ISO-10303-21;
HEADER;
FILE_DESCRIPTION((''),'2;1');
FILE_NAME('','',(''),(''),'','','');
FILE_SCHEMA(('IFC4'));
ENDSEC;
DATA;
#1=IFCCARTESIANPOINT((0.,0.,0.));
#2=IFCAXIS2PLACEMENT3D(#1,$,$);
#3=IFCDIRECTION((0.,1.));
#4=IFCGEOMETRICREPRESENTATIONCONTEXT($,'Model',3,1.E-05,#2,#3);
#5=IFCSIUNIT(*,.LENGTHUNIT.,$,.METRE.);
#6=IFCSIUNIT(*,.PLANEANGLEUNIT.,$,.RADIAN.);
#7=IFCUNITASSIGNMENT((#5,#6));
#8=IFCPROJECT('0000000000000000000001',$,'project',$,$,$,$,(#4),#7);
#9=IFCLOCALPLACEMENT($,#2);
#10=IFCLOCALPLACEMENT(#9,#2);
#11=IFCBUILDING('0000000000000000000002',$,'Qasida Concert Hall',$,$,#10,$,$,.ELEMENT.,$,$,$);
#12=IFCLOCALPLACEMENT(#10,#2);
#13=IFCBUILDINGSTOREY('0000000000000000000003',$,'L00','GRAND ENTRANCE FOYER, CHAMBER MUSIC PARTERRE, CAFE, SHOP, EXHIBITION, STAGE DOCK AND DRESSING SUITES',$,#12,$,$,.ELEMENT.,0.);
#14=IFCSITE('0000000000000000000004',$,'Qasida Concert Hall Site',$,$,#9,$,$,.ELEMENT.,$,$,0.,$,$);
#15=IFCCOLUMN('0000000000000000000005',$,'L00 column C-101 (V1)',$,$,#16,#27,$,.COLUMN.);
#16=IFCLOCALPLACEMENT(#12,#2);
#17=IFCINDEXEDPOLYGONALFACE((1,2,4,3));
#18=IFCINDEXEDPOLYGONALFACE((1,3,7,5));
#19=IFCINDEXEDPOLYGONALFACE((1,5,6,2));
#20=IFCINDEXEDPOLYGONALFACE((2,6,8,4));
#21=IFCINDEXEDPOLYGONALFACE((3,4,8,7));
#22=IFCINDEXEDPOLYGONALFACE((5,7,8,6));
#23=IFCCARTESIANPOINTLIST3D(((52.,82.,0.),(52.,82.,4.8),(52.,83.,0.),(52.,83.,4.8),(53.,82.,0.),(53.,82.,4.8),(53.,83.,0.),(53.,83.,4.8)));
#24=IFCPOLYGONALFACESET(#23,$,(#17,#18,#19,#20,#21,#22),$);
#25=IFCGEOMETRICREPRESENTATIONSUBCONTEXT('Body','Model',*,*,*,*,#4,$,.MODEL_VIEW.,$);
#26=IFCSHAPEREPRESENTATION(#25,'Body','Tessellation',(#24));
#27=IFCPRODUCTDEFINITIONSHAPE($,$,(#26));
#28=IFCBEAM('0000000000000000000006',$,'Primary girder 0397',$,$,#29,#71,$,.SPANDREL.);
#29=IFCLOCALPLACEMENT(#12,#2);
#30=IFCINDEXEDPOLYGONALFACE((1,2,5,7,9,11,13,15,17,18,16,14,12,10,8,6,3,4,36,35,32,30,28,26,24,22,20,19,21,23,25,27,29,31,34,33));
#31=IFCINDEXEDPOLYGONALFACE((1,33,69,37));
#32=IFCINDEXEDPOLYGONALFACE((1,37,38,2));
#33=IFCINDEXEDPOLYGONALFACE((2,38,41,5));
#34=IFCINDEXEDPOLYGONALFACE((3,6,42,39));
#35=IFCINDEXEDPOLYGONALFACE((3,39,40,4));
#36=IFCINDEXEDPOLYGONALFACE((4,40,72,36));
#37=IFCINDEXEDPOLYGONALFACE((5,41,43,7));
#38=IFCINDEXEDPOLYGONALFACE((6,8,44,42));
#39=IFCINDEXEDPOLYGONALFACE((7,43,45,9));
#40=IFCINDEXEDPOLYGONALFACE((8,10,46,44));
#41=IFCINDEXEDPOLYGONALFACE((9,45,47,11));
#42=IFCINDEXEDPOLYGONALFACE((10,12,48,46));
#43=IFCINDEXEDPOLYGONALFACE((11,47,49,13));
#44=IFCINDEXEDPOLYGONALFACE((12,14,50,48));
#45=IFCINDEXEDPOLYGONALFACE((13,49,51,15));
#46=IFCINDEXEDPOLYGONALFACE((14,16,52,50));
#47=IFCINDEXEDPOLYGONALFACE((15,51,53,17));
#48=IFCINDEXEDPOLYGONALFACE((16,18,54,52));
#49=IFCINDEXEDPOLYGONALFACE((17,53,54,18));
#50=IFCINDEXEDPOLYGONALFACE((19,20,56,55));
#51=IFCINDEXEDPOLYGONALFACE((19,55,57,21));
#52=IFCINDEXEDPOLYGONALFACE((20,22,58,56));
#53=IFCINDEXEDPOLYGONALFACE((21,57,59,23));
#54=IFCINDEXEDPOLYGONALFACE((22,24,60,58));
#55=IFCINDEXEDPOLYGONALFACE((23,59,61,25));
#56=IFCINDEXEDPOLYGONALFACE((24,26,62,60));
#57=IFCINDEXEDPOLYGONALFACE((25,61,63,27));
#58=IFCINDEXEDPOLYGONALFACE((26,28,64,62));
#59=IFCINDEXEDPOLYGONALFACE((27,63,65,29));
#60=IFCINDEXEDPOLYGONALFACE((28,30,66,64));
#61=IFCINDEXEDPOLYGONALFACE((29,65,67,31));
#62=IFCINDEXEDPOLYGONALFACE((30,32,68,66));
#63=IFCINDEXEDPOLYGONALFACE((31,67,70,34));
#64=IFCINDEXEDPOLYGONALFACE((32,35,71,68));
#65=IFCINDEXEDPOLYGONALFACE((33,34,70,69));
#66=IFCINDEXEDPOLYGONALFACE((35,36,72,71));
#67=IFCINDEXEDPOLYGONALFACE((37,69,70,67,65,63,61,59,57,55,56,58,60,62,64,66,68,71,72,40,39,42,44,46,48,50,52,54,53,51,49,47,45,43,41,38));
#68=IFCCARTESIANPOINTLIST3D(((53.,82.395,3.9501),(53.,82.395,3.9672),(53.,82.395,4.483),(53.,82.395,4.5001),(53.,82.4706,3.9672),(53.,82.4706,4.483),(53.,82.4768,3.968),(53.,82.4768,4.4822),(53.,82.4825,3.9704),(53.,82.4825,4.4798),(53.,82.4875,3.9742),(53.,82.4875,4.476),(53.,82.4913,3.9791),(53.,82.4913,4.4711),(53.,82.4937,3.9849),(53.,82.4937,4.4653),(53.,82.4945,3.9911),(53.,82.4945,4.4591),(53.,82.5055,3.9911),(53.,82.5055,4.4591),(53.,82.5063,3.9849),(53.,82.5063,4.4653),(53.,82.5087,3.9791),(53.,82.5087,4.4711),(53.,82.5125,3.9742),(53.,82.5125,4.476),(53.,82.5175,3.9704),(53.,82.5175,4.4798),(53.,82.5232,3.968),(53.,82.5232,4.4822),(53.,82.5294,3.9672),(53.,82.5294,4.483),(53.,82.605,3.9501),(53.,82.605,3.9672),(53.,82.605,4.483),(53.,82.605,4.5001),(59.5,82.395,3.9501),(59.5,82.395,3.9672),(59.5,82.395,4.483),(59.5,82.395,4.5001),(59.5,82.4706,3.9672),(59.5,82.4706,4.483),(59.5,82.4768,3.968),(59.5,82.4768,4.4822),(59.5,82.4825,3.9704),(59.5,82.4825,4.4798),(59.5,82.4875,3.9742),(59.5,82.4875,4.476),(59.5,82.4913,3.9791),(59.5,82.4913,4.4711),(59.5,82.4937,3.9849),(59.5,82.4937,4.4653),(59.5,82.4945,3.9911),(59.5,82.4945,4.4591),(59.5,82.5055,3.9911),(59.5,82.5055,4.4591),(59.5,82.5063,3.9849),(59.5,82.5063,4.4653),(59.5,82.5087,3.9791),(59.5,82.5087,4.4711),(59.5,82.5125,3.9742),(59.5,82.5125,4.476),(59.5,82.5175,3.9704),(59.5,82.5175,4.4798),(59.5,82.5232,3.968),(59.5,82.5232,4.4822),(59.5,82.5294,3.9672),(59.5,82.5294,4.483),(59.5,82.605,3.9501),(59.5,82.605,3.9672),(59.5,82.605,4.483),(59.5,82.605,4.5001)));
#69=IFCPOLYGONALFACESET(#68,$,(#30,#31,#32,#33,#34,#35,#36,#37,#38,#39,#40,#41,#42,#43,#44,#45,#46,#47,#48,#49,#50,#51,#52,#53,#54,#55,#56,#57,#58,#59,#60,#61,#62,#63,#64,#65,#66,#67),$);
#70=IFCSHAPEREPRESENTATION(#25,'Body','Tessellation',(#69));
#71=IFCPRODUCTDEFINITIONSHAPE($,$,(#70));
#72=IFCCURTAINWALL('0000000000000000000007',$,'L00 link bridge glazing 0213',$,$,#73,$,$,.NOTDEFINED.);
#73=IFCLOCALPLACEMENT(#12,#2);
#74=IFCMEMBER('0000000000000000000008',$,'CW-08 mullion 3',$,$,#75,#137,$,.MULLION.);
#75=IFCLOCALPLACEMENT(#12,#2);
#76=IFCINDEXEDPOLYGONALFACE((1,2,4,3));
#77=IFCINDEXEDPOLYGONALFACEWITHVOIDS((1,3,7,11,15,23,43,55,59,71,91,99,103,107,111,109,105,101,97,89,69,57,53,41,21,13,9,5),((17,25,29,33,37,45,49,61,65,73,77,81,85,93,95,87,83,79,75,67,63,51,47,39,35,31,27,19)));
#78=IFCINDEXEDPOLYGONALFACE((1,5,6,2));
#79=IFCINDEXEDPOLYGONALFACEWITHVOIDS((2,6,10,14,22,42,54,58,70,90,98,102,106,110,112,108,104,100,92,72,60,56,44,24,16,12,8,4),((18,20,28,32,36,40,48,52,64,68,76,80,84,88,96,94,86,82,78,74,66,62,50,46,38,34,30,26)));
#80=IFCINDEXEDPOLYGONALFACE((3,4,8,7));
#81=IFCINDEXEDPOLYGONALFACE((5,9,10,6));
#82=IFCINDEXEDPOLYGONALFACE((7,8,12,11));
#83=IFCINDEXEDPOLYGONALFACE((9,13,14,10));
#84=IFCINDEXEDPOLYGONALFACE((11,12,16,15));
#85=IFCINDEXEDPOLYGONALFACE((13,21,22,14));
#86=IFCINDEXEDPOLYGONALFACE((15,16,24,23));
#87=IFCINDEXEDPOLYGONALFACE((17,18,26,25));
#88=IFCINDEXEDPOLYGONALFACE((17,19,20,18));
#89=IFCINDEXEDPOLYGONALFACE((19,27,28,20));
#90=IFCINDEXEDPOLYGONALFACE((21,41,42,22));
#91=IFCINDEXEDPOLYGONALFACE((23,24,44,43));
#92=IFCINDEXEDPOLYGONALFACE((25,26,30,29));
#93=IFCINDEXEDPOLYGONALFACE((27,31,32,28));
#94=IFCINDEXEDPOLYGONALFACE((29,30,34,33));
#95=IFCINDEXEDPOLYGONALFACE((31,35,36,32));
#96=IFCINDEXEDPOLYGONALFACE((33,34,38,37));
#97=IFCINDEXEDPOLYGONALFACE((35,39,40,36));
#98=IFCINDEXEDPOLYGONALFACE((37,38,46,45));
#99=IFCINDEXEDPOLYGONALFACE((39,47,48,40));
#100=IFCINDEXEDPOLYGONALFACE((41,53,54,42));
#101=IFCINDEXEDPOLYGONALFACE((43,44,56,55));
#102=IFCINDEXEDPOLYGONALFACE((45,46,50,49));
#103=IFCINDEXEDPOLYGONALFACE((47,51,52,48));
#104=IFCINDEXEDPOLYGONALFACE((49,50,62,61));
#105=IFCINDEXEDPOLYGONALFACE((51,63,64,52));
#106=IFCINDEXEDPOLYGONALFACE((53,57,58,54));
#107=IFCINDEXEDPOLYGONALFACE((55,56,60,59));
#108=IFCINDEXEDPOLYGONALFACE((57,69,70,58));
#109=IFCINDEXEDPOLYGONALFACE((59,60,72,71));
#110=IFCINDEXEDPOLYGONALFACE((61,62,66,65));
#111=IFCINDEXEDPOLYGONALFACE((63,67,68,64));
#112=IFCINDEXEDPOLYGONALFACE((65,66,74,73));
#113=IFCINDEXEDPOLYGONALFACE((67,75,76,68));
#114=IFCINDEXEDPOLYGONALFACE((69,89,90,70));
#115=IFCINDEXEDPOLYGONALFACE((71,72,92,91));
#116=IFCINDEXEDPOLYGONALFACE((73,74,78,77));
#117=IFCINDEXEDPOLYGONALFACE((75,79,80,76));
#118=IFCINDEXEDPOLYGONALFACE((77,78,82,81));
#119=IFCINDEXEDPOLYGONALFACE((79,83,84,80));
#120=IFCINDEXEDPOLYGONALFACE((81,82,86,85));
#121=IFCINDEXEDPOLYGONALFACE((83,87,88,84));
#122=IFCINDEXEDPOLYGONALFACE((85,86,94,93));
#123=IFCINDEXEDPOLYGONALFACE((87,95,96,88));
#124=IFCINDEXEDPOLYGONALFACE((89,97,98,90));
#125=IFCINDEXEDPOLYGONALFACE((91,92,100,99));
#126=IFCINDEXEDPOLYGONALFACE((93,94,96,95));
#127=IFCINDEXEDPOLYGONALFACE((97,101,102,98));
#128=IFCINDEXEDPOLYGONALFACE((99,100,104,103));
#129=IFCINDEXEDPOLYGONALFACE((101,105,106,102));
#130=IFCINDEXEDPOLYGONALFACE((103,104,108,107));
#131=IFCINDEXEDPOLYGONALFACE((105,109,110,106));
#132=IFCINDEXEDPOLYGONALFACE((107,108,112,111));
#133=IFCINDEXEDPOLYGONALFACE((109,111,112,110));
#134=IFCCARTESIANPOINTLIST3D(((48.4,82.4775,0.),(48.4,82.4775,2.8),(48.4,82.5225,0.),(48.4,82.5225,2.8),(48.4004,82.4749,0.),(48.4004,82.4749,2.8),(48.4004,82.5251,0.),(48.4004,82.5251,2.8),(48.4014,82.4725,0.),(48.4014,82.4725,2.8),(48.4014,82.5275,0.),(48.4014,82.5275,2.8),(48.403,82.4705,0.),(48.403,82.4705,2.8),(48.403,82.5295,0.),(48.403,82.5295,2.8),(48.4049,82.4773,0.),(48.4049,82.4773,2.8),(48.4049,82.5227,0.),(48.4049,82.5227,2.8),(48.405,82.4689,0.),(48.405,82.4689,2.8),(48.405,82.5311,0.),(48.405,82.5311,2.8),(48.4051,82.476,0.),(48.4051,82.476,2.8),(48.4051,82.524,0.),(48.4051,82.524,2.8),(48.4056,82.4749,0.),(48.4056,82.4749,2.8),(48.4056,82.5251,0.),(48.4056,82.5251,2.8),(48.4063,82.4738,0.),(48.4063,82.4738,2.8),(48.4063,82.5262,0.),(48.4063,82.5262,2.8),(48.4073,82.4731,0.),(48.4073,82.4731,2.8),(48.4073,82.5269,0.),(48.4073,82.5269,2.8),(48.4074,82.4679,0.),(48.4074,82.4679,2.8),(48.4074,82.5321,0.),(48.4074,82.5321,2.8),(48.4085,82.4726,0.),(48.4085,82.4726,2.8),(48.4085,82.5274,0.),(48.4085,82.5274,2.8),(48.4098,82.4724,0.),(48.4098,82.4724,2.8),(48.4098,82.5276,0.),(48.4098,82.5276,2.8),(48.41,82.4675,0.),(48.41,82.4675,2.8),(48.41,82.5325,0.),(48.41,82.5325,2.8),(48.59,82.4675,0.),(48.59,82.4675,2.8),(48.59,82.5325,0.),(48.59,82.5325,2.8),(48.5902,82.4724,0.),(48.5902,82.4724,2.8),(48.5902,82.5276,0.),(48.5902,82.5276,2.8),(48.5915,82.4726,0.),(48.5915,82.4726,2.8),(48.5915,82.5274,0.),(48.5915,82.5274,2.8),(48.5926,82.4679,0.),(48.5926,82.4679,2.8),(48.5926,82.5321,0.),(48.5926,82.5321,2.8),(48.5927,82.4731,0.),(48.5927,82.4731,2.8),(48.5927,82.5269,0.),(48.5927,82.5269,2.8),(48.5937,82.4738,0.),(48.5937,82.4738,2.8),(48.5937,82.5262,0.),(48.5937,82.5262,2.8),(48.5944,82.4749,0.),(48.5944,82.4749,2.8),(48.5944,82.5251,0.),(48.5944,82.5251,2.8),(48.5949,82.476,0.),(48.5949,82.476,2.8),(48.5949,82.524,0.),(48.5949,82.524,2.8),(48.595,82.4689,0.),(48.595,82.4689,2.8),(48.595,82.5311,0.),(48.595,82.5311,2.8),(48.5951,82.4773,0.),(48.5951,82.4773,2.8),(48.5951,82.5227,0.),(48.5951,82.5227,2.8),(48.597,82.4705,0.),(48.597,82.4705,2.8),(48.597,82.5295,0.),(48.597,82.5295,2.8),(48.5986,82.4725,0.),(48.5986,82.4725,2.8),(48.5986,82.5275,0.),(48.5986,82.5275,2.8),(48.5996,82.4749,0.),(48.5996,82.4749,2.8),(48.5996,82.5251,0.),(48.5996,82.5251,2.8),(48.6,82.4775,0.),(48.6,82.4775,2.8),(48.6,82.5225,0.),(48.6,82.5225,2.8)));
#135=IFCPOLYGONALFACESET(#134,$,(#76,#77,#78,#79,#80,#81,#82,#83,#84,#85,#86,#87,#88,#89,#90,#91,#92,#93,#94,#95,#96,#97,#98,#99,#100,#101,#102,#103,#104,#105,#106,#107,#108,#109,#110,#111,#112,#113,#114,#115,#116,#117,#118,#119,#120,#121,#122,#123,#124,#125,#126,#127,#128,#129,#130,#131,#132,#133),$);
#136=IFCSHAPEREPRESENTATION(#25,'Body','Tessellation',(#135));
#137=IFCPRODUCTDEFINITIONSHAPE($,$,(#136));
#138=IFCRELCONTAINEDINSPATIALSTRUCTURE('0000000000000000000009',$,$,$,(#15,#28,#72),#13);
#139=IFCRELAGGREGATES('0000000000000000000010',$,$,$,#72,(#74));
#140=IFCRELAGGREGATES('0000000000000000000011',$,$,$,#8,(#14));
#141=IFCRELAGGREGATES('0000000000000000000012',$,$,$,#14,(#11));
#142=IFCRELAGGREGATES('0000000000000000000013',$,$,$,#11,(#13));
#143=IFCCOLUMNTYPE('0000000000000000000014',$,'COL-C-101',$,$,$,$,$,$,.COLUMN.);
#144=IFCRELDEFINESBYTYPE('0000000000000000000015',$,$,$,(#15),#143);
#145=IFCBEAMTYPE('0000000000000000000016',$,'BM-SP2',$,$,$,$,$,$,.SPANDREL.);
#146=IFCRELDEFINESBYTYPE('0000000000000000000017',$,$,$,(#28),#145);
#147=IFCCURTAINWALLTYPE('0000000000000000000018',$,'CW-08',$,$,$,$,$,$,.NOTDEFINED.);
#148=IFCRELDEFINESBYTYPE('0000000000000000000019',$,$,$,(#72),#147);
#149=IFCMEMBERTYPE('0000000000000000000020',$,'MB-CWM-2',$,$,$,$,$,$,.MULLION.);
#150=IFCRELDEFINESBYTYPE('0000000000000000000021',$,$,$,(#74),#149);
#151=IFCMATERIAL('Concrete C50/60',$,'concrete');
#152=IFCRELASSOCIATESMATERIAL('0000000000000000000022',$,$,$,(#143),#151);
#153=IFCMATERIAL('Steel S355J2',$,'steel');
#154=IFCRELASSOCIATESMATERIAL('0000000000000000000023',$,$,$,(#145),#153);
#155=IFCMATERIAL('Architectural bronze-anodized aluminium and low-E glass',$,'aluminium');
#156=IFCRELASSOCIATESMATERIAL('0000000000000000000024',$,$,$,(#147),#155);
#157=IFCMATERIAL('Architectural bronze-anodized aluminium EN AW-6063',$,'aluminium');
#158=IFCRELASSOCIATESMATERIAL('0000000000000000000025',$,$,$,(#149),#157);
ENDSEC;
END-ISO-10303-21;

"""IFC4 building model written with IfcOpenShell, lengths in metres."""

from ifc_helpers import new_model, si_unit, direction, frame, origin, origin_2d, place, context, subcontext, project, spatial, rectangle, hollow_rectangle, i_section, extrude, material, material_profile, profile_set, type_object, element, aggregate, save


model = new_model("IFC4")

# Units and contexts
model_context = context("Model", 3, precision=1e-05, world=origin(), true_north=direction((0.0, 1.0)))
body_context = subcontext(model_context, "Body", "Model", "MODEL_VIEW")
ifc_project = project(units=[si_unit("LENGTHUNIT", "METRE"), si_unit("PLANEANGLEUNIT", "RADIAN")], contexts=[model_context])

# Site, building, storey
site_placement = place(None, origin())
site = spatial("IfcSite", under=ifc_project, at=site_placement, Name="Qasida Concert Hall Site", CompositionType="ELEMENT", RefElevation=0.0)
building_placement = place(site_placement, origin())
building = spatial("IfcBuilding", under=site, at=building_placement, Name="Qasida Concert Hall", CompositionType="ELEMENT")
storey_placement = place(building_placement, origin())
storey = spatial("IfcBuildingStorey", under=building, at=storey_placement, Name="L00", Description="GRAND ENTRANCE FOYER, CHAMBER MUSIC PARTERRE, CAFE, SHOP, EXHIBITION, STAGE DOCK AND DRESSING SUITES", CompositionType="ELEMENT", Elevation=0.0)

# Column
ifc_material_1 = material(Name="Concrete C50/60", Category="concrete")
ifc_material_profile_1 = material_profile(ifc_material_1, rectangle(XDim=1.0, YDim=1.0, at=origin_2d()), Name="RC 1000x1000")
ifc_profile_set_1 = profile_set([ifc_material_profile_1], Name="Concrete C50/60")
column_type = type_object("IfcColumnType", Name="COL-C-101", PredefinedType="COLUMN", material=ifc_profile_set_1)
column_placement = place(storey_placement, frame((52.5, 82.5, 0.0), z_axis=(0.0, 0.0, 1.0), x_axis=(1.0, 0.0, 0.0)))
element("IfcColumn", 1, at=column_placement, inside=storey, type_object=column_type, Name="L00 column C-101 (V1)", PredefinedType="COLUMN", context=body_context, shape_type="SweptSolid", body=[
    extrude(rectangle(XDim=1.0, YDim=1.0, at=origin_2d()), origin(), (0.0, 0.0, 1.0), 4.8),
])

# Beam
ifc_material_2 = material(Name="Steel S355J2", Category="steel")
ifc_material_profile_2 = material_profile(ifc_material_2, i_section(OverallWidth=0.21, OverallDepth=0.55, WebThickness=0.011, FlangeThickness=0.0171, FilletRadius=0.0239, at=origin_2d()), Name="IPE 550")
ifc_profile_set_2 = profile_set([ifc_material_profile_2], Name="Steel S355J2")
beam_type = type_object("IfcBeamType", Name="BM-SP2", PredefinedType="SPANDREL", material=ifc_profile_set_2)
beam_placement = place(storey_placement, frame((53.0, 82.5, 4.2251), z_axis=(1.0, 0.0, 0.0), x_axis=(0.0, 1.0, 0.0)))
element("IfcBeam", 2, at=beam_placement, inside=storey, type_object=beam_type, Name="Primary girder 0397", PredefinedType="SPANDREL", context=body_context, shape_type="SweptSolid", body=[
    extrude(i_section(OverallWidth=0.21, OverallDepth=0.55, WebThickness=0.011, FlangeThickness=0.0171, FilletRadius=0.0239, at=origin_2d()), origin(), (0.0, 0.0, 1.0), 6.5),
])

# Curtain wall, member
ifc_material_3 = material(Name="Architectural bronze-anodized aluminium and low-E glass", Category="aluminium")
curtain_wall_type = type_object("IfcCurtainWallType", Name="CW-08", PredefinedType="NOTDEFINED", material=ifc_material_3)
curtain_wall_placement = place(storey_placement, origin())
curtain_wall = element("IfcCurtainWall", 3, at=curtain_wall_placement, inside=storey, type_object=curtain_wall_type, Name="L00 link bridge glazing 0213", PredefinedType="NOTDEFINED")
ifc_material_4 = material(Name="Architectural bronze-anodized aluminium EN AW-6063", Category="aluminium")
ifc_material_profile_3 = material_profile(ifc_material_4, hollow_rectangle(XDim=0.0649, YDim=0.2, WallThickness=0.0049, InnerFilletRadius=0.0049, OuterFilletRadius=0.01, at=origin_2d()), Name="CWM 200x65x5")
ifc_profile_set_3 = profile_set([ifc_material_profile_3], Name="Architectural bronze-anodized aluminium EN AW-6063")
member_type_1 = type_object("IfcMemberType", Name="MB-CWM-2", PredefinedType="MULLION", material=ifc_profile_set_3)
member_1_placement = place(storey_placement, frame((48.5, 82.5, 0.0), z_axis=(0.0, 0.0, 1.0), x_axis=(0.0, 1.0, 0.0)))
member_1 = element("IfcMember", 4, at=member_1_placement, type_object=member_type_1, Name="CW-08 mullion 3", PredefinedType="MULLION", context=body_context, shape_type="SweptSolid", body=[
    extrude(hollow_rectangle(XDim=0.0649, YDim=0.2, WallThickness=0.0049, InnerFilletRadius=0.0049, OuterFilletRadius=0.01, at=origin_2d()), origin(), (0.0, 0.0, 1.0), 2.8),
])
aggregate(curtain_wall, [member_1])

save(model, "model.ifc")
